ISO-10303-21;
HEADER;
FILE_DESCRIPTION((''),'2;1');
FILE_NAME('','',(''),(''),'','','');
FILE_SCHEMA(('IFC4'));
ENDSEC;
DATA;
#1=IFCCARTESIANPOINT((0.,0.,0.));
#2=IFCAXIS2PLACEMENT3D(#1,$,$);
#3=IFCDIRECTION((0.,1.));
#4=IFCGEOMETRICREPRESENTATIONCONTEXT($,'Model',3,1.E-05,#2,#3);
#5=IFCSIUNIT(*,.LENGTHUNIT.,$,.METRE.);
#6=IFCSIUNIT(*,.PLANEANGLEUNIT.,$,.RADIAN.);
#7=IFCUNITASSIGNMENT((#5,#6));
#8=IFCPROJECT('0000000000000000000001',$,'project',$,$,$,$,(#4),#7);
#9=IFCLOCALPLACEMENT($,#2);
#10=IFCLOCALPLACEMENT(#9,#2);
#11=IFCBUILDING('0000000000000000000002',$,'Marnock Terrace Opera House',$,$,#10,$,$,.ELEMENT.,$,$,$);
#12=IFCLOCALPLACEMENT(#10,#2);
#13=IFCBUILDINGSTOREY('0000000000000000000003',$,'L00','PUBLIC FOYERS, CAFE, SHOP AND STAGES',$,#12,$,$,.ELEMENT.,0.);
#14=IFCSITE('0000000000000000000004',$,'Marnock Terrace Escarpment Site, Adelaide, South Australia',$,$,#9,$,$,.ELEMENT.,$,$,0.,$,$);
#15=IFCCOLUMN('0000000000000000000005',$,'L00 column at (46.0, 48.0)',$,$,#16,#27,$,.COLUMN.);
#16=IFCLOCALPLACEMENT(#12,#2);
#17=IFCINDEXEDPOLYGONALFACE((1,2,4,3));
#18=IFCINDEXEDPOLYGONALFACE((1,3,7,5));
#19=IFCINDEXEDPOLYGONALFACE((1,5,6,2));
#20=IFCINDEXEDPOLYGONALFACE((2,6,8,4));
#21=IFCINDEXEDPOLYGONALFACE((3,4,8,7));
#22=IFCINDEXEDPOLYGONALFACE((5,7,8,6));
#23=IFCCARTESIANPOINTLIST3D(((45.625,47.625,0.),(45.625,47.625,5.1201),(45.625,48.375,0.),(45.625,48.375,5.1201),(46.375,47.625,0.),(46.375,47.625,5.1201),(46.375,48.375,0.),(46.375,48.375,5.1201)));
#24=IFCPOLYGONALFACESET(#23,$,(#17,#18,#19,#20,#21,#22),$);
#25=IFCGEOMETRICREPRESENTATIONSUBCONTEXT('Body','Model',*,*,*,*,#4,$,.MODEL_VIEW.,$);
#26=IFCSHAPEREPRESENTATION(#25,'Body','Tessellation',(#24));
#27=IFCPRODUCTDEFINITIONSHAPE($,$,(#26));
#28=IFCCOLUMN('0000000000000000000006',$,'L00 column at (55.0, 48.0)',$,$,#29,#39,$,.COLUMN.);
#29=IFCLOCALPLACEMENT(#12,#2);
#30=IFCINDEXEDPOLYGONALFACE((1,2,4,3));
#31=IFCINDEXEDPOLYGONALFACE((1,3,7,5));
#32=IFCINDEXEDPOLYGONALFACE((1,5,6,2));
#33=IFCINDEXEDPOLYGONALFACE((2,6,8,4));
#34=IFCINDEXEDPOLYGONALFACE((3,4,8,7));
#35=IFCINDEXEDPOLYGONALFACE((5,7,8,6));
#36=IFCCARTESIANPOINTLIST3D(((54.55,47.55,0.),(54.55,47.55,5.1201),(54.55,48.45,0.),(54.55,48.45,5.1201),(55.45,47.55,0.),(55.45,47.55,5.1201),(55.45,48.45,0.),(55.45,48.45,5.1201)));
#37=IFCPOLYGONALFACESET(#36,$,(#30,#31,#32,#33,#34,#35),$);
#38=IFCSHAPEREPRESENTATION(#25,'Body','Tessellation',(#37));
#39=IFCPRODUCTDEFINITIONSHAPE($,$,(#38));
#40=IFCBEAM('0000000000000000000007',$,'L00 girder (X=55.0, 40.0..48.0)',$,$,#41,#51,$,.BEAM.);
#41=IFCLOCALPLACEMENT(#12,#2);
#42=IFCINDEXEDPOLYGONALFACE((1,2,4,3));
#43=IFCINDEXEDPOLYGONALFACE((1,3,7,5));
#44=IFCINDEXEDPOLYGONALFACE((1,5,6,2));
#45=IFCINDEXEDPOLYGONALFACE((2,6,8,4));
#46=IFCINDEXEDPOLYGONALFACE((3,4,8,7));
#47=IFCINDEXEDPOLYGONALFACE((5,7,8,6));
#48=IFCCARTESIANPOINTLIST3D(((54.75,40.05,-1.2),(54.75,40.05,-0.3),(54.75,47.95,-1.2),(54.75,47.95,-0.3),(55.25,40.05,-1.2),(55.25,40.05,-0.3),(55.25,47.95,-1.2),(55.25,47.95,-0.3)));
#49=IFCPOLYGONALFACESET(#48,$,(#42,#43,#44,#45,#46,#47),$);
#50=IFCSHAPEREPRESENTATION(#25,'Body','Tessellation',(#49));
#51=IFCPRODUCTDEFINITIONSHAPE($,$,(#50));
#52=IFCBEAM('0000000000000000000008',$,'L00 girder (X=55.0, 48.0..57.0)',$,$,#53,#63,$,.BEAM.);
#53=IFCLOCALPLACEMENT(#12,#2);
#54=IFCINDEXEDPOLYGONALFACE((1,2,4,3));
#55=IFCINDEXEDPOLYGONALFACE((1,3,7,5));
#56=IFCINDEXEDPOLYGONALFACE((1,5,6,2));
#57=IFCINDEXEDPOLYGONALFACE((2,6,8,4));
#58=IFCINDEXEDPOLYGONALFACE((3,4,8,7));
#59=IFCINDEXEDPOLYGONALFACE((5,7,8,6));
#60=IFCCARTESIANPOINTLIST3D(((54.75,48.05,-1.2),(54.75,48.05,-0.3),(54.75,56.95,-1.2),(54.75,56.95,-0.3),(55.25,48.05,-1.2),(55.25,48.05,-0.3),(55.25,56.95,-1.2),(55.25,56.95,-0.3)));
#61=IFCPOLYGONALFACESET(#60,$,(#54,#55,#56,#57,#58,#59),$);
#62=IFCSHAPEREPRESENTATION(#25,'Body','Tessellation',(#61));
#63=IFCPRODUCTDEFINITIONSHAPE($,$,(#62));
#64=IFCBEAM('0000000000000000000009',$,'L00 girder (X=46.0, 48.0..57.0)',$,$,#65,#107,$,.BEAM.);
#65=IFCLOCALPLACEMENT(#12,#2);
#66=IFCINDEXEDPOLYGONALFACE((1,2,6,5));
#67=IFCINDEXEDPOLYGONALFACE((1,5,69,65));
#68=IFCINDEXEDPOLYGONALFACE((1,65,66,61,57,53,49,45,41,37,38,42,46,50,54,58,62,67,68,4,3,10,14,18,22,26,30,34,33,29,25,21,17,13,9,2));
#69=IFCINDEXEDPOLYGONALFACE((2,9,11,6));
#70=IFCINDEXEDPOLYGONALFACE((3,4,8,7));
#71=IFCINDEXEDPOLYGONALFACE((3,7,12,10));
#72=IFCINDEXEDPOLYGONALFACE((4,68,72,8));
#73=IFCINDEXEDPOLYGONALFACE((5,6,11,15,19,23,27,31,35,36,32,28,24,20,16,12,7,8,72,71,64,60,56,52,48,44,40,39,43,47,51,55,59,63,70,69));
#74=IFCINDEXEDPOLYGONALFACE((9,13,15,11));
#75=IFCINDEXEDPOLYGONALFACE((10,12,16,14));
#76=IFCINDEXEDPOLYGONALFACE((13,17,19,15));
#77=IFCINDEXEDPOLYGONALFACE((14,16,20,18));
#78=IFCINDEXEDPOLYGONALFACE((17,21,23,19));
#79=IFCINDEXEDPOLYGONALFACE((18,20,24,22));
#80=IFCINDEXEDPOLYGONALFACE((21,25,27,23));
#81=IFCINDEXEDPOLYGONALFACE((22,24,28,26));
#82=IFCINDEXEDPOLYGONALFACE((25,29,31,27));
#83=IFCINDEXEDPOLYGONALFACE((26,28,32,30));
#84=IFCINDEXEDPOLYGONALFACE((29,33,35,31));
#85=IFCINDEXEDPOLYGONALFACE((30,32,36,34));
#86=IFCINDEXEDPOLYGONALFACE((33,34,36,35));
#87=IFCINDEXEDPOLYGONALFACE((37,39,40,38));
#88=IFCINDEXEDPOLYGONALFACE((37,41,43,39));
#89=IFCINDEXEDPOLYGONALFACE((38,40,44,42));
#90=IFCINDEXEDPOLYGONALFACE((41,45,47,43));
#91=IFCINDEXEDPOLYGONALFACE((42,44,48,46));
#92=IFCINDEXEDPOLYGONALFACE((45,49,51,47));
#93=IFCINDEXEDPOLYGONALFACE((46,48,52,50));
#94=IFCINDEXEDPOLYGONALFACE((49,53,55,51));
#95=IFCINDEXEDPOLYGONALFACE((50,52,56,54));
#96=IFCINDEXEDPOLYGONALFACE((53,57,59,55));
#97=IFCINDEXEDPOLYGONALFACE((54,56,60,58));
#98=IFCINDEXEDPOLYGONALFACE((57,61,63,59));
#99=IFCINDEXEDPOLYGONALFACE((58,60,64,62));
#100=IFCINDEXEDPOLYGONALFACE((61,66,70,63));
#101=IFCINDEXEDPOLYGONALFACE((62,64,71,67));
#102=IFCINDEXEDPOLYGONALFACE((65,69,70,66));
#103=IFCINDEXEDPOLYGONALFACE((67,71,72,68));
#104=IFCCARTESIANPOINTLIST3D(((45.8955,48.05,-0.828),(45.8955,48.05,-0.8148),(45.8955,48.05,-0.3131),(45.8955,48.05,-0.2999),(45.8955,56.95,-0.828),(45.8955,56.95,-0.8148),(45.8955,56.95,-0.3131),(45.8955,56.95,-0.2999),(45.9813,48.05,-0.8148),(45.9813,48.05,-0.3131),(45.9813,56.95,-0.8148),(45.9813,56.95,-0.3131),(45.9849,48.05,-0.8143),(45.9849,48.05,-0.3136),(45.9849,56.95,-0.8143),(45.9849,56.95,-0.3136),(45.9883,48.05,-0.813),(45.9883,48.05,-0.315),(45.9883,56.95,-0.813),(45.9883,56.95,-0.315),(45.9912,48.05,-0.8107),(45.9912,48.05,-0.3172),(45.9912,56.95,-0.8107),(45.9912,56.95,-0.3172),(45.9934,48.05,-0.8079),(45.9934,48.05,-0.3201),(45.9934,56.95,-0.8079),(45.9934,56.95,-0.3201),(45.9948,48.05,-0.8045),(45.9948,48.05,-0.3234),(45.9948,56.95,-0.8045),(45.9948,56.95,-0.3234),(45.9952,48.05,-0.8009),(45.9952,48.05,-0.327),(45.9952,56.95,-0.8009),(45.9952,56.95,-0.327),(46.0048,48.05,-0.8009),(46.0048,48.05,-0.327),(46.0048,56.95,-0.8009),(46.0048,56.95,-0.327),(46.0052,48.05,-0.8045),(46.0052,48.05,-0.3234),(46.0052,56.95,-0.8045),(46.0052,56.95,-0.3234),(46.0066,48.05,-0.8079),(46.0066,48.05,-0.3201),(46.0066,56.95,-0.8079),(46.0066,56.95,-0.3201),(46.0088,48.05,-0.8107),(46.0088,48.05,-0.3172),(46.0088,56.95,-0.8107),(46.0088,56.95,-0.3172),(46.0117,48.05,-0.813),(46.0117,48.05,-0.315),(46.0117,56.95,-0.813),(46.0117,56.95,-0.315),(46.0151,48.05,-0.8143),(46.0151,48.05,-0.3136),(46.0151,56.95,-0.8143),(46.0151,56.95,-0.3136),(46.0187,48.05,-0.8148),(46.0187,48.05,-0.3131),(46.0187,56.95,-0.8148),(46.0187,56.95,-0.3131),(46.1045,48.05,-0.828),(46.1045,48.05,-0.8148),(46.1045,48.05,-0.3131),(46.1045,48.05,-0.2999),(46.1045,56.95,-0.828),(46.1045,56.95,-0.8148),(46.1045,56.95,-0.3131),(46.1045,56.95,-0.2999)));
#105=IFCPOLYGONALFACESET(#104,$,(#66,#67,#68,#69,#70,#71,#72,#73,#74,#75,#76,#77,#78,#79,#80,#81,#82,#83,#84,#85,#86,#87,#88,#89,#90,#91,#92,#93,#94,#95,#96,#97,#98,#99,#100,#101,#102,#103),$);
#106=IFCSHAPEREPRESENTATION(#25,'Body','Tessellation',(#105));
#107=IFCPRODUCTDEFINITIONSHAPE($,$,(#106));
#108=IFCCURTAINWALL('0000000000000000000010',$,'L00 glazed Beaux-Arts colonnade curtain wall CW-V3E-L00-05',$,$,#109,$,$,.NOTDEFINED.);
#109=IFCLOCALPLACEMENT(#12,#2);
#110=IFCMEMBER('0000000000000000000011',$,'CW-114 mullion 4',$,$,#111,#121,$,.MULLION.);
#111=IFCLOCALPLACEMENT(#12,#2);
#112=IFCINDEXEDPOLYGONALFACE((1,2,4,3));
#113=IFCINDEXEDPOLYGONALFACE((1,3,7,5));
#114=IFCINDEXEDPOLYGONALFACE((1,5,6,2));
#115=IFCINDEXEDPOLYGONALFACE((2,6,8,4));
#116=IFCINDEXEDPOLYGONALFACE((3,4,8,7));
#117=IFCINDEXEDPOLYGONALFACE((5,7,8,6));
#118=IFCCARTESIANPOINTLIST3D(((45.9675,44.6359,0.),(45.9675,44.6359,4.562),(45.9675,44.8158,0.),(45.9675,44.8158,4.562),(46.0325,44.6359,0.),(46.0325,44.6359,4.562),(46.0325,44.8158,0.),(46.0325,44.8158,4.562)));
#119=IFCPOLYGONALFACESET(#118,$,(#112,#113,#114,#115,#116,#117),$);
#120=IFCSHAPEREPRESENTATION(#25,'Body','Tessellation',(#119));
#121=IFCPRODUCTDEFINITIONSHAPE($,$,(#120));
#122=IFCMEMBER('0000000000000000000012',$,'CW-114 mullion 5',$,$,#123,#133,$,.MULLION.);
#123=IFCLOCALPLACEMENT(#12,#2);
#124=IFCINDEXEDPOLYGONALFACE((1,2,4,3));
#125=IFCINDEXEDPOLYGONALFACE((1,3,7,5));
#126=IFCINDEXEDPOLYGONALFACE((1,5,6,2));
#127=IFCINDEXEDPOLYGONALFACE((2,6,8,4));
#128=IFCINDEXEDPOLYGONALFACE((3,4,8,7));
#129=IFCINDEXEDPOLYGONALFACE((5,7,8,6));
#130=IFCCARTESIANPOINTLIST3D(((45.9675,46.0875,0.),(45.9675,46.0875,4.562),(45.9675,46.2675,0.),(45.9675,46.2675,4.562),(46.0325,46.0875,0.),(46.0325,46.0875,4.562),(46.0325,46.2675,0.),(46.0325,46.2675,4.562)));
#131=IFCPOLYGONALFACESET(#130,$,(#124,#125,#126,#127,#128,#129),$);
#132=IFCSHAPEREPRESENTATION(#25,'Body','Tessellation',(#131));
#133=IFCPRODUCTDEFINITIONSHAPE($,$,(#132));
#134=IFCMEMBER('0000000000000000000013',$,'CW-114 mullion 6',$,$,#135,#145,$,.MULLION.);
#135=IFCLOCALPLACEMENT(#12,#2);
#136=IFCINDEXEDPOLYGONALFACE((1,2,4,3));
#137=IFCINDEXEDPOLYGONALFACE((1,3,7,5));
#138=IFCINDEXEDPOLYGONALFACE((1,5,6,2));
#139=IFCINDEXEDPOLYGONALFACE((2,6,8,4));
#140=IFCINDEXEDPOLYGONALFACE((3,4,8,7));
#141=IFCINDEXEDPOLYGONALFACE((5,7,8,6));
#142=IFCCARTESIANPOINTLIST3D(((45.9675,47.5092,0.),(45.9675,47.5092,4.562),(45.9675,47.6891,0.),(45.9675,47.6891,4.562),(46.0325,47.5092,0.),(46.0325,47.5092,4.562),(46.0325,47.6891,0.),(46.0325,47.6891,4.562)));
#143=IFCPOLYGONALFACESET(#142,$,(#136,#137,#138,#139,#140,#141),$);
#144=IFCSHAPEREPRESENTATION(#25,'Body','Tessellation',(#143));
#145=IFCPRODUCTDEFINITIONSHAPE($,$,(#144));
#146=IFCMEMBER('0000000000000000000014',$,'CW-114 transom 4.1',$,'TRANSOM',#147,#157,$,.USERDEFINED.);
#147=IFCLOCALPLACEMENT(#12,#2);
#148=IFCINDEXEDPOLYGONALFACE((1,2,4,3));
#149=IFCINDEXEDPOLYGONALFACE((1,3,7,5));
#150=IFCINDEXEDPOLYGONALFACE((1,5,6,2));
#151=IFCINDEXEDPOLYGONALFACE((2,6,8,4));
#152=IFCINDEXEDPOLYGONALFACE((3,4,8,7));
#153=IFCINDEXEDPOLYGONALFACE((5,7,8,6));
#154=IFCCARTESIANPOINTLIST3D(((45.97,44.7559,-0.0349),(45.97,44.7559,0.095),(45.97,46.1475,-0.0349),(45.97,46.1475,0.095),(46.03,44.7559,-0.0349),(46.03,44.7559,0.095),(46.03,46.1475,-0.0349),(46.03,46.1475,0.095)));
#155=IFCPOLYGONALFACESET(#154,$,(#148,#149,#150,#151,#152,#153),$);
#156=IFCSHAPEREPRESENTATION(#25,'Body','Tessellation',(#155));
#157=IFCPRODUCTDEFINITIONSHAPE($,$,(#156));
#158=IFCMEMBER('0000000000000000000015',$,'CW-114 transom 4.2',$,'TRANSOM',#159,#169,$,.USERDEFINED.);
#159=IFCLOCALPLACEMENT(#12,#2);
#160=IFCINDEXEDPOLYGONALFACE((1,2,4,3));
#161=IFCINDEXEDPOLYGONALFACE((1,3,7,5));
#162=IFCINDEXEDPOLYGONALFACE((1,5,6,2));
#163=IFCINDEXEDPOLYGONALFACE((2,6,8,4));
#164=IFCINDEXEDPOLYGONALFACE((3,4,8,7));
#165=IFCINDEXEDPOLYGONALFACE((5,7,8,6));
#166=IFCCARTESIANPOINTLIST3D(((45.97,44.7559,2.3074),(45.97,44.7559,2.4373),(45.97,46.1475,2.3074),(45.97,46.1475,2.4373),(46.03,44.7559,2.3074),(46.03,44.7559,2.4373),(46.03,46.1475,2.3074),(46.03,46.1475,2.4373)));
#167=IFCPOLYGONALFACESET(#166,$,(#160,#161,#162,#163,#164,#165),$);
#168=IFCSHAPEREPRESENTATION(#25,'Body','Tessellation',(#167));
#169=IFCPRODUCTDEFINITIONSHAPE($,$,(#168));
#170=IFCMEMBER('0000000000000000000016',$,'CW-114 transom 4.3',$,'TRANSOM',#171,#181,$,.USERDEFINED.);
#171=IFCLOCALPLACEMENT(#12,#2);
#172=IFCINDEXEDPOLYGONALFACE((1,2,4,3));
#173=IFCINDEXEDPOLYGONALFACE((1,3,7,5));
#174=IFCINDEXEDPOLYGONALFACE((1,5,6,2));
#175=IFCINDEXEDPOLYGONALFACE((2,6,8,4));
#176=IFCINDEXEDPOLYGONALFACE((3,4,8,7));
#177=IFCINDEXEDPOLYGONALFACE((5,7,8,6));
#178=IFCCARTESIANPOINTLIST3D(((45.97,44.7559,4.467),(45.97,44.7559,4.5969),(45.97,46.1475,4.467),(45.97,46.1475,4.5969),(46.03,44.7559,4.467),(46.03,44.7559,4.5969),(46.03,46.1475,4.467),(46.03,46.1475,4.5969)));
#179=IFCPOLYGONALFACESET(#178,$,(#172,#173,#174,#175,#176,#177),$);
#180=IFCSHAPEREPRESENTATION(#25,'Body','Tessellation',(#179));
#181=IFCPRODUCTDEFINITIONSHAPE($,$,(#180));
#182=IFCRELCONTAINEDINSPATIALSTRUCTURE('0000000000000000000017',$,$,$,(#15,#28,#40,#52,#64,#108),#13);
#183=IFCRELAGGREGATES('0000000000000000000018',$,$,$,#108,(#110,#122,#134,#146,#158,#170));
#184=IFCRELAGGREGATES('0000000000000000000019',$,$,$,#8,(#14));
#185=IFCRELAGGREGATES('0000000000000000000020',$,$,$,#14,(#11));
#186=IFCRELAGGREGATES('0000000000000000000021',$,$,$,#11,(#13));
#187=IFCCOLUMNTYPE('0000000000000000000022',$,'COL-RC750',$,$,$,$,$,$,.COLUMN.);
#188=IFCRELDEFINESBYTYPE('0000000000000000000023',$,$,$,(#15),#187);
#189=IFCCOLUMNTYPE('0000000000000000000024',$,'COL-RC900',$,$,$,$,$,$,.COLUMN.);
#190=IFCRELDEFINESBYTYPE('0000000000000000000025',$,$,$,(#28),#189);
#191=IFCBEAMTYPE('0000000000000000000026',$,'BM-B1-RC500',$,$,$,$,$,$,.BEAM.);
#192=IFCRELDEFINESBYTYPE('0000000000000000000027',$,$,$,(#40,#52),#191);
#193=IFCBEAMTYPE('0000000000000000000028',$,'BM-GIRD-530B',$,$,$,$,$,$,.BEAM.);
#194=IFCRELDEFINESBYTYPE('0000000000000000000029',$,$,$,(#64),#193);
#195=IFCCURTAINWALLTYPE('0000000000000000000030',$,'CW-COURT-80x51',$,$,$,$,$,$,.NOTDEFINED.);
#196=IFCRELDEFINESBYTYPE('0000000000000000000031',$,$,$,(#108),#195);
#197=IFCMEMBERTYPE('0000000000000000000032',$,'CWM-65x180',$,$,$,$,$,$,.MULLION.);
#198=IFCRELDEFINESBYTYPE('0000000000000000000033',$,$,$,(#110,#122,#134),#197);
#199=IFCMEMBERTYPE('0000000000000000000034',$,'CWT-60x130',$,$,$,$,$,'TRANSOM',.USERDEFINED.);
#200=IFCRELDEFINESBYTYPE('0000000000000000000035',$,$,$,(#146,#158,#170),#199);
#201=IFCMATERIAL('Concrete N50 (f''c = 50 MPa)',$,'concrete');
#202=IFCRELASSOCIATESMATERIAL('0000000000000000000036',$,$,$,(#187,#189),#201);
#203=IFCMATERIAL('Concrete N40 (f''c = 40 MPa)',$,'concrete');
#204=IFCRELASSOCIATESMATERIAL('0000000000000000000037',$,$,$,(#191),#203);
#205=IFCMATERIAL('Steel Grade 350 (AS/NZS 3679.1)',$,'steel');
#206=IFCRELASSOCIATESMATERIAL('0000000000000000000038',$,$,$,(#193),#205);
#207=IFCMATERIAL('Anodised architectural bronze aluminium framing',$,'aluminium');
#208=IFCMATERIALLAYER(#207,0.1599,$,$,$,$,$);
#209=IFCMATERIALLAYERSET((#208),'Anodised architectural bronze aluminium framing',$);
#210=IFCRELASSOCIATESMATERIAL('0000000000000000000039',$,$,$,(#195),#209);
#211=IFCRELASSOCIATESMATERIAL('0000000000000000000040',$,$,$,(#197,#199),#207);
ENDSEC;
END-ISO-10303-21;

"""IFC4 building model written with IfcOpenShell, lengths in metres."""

from ifc_helpers import new_model, si_unit, direction, frame, origin, origin_2d, place, context, subcontext, project, spatial, rectangle, i_section, extrude, material, layer, layer_set, material_profile, profile_set, type_object, element, aggregate, save


model = new_model("IFC4")

# Units and contexts
model_context = context("Model", 3, precision=1e-05, world=origin(), true_north=direction((0.0, 1.0)))
body_context = subcontext(model_context, "Body", "Model", "MODEL_VIEW")
ifc_project = project(units=[si_unit("LENGTHUNIT", "METRE"), si_unit("PLANEANGLEUNIT", "RADIAN")], contexts=[model_context])

# Site, building, storey
site_placement = place(None, origin())
site = spatial("IfcSite", under=ifc_project, at=site_placement, Name="Marnock Terrace Escarpment Site, Adelaide, South Australia", CompositionType="ELEMENT", RefElevation=0.0)
building_placement = place(site_placement, origin())
building = spatial("IfcBuilding", under=site, at=building_placement, Name="Marnock Terrace Opera House", CompositionType="ELEMENT")
storey_placement = place(building_placement, origin())
storey = spatial("IfcBuildingStorey", under=building, at=storey_placement, Name="L00", Description="PUBLIC FOYERS, CAFE, SHOP AND STAGES", CompositionType="ELEMENT", Elevation=0.0)

# Columns
ifc_material_1 = material(Name="Concrete N50 (f'c = 50 MPa)", Category="concrete")
ifc_material_profile_1 = material_profile(ifc_material_1, rectangle(XDim=0.75, YDim=0.75, at=origin_2d()))
ifc_profile_set_1 = profile_set([ifc_material_profile_1], Name="Concrete N50 (f'c = 50 MPa)")
column_type_1 = type_object("IfcColumnType", Name="COL-RC750", PredefinedType="COLUMN", material=ifc_profile_set_1)
column_1_placement = place(storey_placement, frame((46.0, 48.0, 0.0), z_axis=(0.0, 0.0, 1.0), x_axis=(1.0, 0.0, 0.0)))
element("IfcColumn", 1, at=column_1_placement, inside=storey, type_object=column_type_1, Name="L00 column at (46.0, 48.0)", PredefinedType="COLUMN", context=body_context, shape_type="SweptSolid", body=[
    extrude(rectangle(XDim=0.75, YDim=0.75, at=origin_2d()), origin(), (0.0, 0.0, 1.0), 5.1201),
])
ifc_material_profile_2 = material_profile(ifc_material_1, rectangle(XDim=0.8999, YDim=0.8999, at=origin_2d()))
ifc_profile_set_2 = profile_set([ifc_material_profile_2], Name="Concrete N50 (f'c = 50 MPa)")
column_type_2 = type_object("IfcColumnType", Name="COL-RC900", PredefinedType="COLUMN", material=ifc_profile_set_2)
column_2_placement = place(storey_placement, frame((55.0, 48.0, 0.0), z_axis=(0.0, 0.0, 1.0), x_axis=(1.0, 0.0, 0.0)))
element("IfcColumn", 2, at=column_2_placement, inside=storey, type_object=column_type_2, Name="L00 column at (55.0, 48.0)", PredefinedType="COLUMN", context=body_context, shape_type="SweptSolid", body=[
    extrude(rectangle(XDim=0.8999, YDim=0.8999, at=origin_2d()), origin(), (0.0, 0.0, 1.0), 5.1201),
])

# Beams
ifc_material_2 = material(Name="Concrete N40 (f'c = 40 MPa)", Category="concrete")
ifc_material_profile_3 = material_profile(ifc_material_2, rectangle(XDim=0.5, YDim=0.8999, at=origin_2d()))
ifc_profile_set_3 = profile_set([ifc_material_profile_3], Name="Concrete N40 (f'c = 40 MPa)")
beam_type_1 = type_object("IfcBeamType", Name="BM-B1-RC500", PredefinedType="BEAM", material=ifc_profile_set_3)
beam_1_placement = place(storey_placement, frame((55.0, 40.05, -0.75), z_axis=(0.0, 1.0, 0.0), x_axis=(-1.0, 0.0, 0.0)))
element("IfcBeam", 3, at=beam_1_placement, inside=storey, type_object=beam_type_1, Name="L00 girder (X=55.0, 40.0..48.0)", PredefinedType="BEAM", context=body_context, shape_type="SweptSolid", body=[
    extrude(rectangle(XDim=0.5, YDim=0.8999, at=origin_2d()), origin(), (0.0, 0.0, 1.0), 7.8999),
])
beam_2_placement = place(storey_placement, frame((55.0, 48.05, -0.75), z_axis=(0.0, 1.0, 0.0), x_axis=(-1.0, 0.0, 0.0)))
element("IfcBeam", 4, at=beam_2_placement, inside=storey, type_object=beam_type_1, Name="L00 girder (X=55.0, 48.0..57.0)", PredefinedType="BEAM", context=body_context, shape_type="SweptSolid", body=[
    extrude(rectangle(XDim=0.5, YDim=0.8999, at=origin_2d()), origin(), (0.0, 0.0, 1.0), 8.8999),
])
ifc_material_3 = material(Name="Steel Grade 350 (AS/NZS 3679.1)", Category="steel")
ifc_material_profile_4 = material_profile(ifc_material_3, i_section(OverallWidth=0.209, OverallDepth=0.5281, WebThickness=0.0095, FlangeThickness=0.0132, FilletRadius=0.0139, at=origin_2d()))
ifc_profile_set_4 = profile_set([ifc_material_profile_4], Name="Steel Grade 350 (AS/NZS 3679.1)")
beam_type_2 = type_object("IfcBeamType", Name="BM-GIRD-530B", PredefinedType="BEAM", material=ifc_profile_set_4)
beam_3_placement = place(storey_placement, frame((46.0, 48.05, -0.564), z_axis=(0.0, 1.0, 0.0), x_axis=(-1.0, 0.0, 0.0)))
element("IfcBeam", 5, at=beam_3_placement, inside=storey, type_object=beam_type_2, Name="L00 girder (X=46.0, 48.0..57.0)", PredefinedType="BEAM", context=body_context, shape_type="SweptSolid", body=[
    extrude(i_section(OverallWidth=0.209, OverallDepth=0.5281, WebThickness=0.0095, FlangeThickness=0.0132, FilletRadius=0.0139, at=origin_2d()), origin(), (0.0, 0.0, 1.0), 8.8999),
])

# Curtain wall, members
ifc_material_4 = material(Name="Anodised architectural bronze aluminium framing", Category="aluminium")
ifc_layer_1 = layer(ifc_material_4, 0.1599)
ifc_layer_set_1 = layer_set([ifc_layer_1], Name="Anodised architectural bronze aluminium framing")
curtain_wall_type = type_object("IfcCurtainWallType", Name="CW-COURT-80x51", PredefinedType="NOTDEFINED", material=ifc_layer_set_1)
curtain_wall_placement = place(storey_placement, origin())
curtain_wall = element("IfcCurtainWall", 6, at=curtain_wall_placement, inside=storey, type_object=curtain_wall_type, Name="L00 glazed Beaux-Arts colonnade curtain wall CW-V3E-L00-05", PredefinedType="NOTDEFINED")
ifc_material_profile_5 = material_profile(ifc_material_4, rectangle(XDim=0.0649, YDim=0.1799, at=origin_2d()))
ifc_profile_set_5 = profile_set([ifc_material_profile_5], Name="Anodised architectural bronze aluminium framing")
member_type_1 = type_object("IfcMemberType", Name="CWM-65x180", PredefinedType="MULLION", material=ifc_profile_set_5)
member_1_placement = place(storey_placement, frame((46.0, 44.7258, 0.0), z_axis=(0.0, 0.0, 1.0), x_axis=(-1.0, 0.0, 0.0)))
member_1 = element("IfcMember", 7, at=member_1_placement, type_object=member_type_1, Name="CW-114 mullion 4", PredefinedType="MULLION", context=body_context, shape_type="SweptSolid", body=[
    extrude(rectangle(XDim=0.0649, YDim=0.1799, at=origin_2d()), origin(), (0.0, 0.0, 1.0), 4.562),
])
member_2_placement = place(storey_placement, frame((46.0, 46.1775, 0.0), z_axis=(0.0, 0.0, 1.0), x_axis=(-1.0, 0.0, 0.0)))
member_2 = element("IfcMember", 8, at=member_2_placement, type_object=member_type_1, Name="CW-114 mullion 5", PredefinedType="MULLION", context=body_context, shape_type="SweptSolid", body=[
    extrude(rectangle(XDim=0.0649, YDim=0.1799, at=origin_2d()), origin(), (0.0, 0.0, 1.0), 4.562),
])
member_3_placement = place(storey_placement, frame((46.0, 47.5991, 0.0), z_axis=(0.0, 0.0, 1.0), x_axis=(-1.0, 0.0, 0.0)))
member_3 = element("IfcMember", 9, at=member_3_placement, type_object=member_type_1, Name="CW-114 mullion 6", PredefinedType="MULLION", context=body_context, shape_type="SweptSolid", body=[
    extrude(rectangle(XDim=0.0649, YDim=0.1799, at=origin_2d()), origin(), (0.0, 0.0, 1.0), 4.562),
])
ifc_material_profile_6 = material_profile(ifc_material_4, rectangle(XDim=0.0601, YDim=0.1299, at=origin_2d()))
ifc_profile_set_6 = profile_set([ifc_material_profile_6], Name="Anodised architectural bronze aluminium framing")
member_type_2 = type_object("IfcMemberType", Name="CWT-60x130", ElementType="TRANSOM", PredefinedType="USERDEFINED", material=ifc_profile_set_6)
member_4_placement = place(storey_placement, frame((46.0, 44.7559, 0.03), z_axis=(0.0, 1.0, 0.0), x_axis=(-1.0, 0.0, 0.0)))
member_4 = element("IfcMember", 10, at=member_4_placement, type_object=member_type_2, Name="CW-114 transom 4.1", ObjectType="TRANSOM", PredefinedType="USERDEFINED", context=body_context, shape_type="SweptSolid", body=[
    extrude(rectangle(XDim=0.0601, YDim=0.1299, at=origin_2d()), origin(), (0.0, 0.0, 1.0), 1.3916),
])
member_5_placement = place(storey_placement, frame((46.0, 44.7559, 2.3723), z_axis=(0.0, 1.0, 0.0), x_axis=(-1.0, 0.0, 0.0)))
member_5 = element("IfcMember", 11, at=member_5_placement, type_object=member_type_2, Name="CW-114 transom 4.2", ObjectType="TRANSOM", PredefinedType="USERDEFINED", context=body_context, shape_type="SweptSolid", body=[
    extrude(rectangle(XDim=0.0601, YDim=0.1299, at=origin_2d()), origin(), (0.0, 0.0, 1.0), 1.3916),
])
member_6_placement = place(storey_placement, frame((46.0, 44.7559, 4.532), z_axis=(0.0, 1.0, 0.0), x_axis=(-1.0, 0.0, 0.0)))
member_6 = element("IfcMember", 12, at=member_6_placement, type_object=member_type_2, Name="CW-114 transom 4.3", ObjectType="TRANSOM", PredefinedType="USERDEFINED", context=body_context, shape_type="SweptSolid", body=[
    extrude(rectangle(XDim=0.0601, YDim=0.1299, at=origin_2d()), origin(), (0.0, 0.0, 1.0), 1.3916),
])
aggregate(curtain_wall, [member_1, member_2, member_3, member_4, member_5, member_6])

save(model, "model.ifc")
